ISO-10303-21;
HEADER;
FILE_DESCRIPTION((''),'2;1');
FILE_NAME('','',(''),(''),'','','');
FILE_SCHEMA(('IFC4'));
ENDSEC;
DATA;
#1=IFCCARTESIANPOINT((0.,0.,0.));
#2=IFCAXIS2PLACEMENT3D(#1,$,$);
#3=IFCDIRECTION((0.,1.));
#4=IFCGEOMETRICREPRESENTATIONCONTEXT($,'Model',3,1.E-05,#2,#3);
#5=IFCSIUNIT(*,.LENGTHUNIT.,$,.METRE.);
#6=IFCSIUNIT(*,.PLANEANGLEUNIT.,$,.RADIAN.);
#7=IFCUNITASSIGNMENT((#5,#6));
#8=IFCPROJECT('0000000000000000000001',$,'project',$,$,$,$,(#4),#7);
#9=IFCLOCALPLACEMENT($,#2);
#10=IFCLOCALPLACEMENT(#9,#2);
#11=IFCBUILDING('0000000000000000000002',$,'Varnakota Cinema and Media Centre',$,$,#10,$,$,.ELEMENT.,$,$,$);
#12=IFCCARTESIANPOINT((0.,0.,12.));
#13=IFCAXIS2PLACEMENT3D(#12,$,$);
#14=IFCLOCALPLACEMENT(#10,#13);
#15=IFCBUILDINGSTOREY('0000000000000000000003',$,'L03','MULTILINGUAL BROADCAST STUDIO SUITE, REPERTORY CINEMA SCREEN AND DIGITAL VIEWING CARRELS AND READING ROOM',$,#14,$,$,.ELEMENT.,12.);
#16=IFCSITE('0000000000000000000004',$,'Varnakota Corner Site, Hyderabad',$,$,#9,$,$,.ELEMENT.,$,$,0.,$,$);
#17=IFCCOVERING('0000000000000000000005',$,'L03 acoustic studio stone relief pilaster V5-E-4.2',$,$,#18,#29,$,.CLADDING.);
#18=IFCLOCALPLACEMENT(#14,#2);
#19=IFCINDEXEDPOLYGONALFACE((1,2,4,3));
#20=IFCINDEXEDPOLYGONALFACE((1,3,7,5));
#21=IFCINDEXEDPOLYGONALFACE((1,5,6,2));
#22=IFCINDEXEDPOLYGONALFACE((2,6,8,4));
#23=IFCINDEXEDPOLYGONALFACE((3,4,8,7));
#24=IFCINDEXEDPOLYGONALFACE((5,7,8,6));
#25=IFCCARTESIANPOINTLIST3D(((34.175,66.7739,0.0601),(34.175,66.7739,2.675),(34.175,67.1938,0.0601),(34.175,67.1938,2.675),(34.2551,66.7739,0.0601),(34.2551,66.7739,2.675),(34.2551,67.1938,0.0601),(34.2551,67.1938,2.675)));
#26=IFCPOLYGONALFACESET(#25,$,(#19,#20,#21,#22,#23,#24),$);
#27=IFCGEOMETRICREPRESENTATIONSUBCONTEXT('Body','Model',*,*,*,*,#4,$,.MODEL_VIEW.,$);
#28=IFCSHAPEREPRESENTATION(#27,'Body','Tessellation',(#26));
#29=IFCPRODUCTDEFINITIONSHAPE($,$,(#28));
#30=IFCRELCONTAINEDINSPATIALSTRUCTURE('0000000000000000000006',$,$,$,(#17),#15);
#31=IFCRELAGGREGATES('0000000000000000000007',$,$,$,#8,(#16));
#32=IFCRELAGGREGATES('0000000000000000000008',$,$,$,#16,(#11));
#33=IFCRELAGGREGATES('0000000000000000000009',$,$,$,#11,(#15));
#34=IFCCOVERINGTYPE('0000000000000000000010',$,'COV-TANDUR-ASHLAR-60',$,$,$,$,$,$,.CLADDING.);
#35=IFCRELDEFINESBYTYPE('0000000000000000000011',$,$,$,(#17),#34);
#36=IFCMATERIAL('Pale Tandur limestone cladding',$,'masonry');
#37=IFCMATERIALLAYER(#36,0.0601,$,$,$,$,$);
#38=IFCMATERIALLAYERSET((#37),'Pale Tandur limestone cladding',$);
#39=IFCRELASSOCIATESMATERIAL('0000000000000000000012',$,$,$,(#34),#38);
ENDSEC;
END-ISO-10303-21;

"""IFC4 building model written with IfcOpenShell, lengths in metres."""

from ifc_helpers import new_model, si_unit, direction, frame, origin, origin_2d, place, context, subcontext, project, spatial, rectangle, extrude, material, layer, layer_set, type_object, element, save


model = new_model("IFC4")

# Units and contexts
model_context = context("Model", 3, precision=1e-05, world=origin(), true_north=direction((0.0, 1.0)))
body_context = subcontext(model_context, "Body", "Model", "MODEL_VIEW")
ifc_project = project(units=[si_unit("LENGTHUNIT", "METRE"), si_unit("PLANEANGLEUNIT", "RADIAN")], contexts=[model_context])

# Site, building, storey
site_placement = place(None, origin())
site = spatial("IfcSite", under=ifc_project, at=site_placement, Name="Varnakota Corner Site, Hyderabad", CompositionType="ELEMENT", RefElevation=0.0)
building_placement = place(site_placement, origin())
building = spatial("IfcBuilding", under=site, at=building_placement, Name="Varnakota Cinema and Media Centre", CompositionType="ELEMENT")
storey_placement = place(building_placement, frame((0.0, 0.0, 12.0)))
storey = spatial("IfcBuildingStorey", under=building, at=storey_placement, Name="L03", Description="MULTILINGUAL BROADCAST STUDIO SUITE, REPERTORY CINEMA SCREEN AND DIGITAL VIEWING CARRELS AND READING ROOM", CompositionType="ELEMENT", Elevation=12.0)

# Covering
ifc_material_1 = material(Name="Pale Tandur limestone cladding", Category="masonry")
ifc_layer_1 = layer(ifc_material_1, 0.0601)
ifc_layer_set_1 = layer_set([ifc_layer_1], Name="Pale Tandur limestone cladding")
covering_type = type_object("IfcCoveringType", Name="COV-TANDUR-ASHLAR-60", PredefinedType="CLADDING", material=ifc_layer_set_1)
covering_placement = place(storey_placement, frame((34.2151, 66.9839, 0.0601), z_axis=(0.0, 0.0, 1.0), x_axis=(0.0, 1.0, 0.0)))
element("IfcCovering", 1, at=covering_placement, inside=storey, type_object=covering_type, Name="L03 acoustic studio stone relief pilaster V5-E-4.2", PredefinedType="CLADDING", context=body_context, shape_type="SweptSolid", body=[
    extrude(rectangle(XDim=0.4199, YDim=0.0801, at=origin_2d()), origin(), (0.0, 0.0, 1.0), 2.615),
])

save(model, "model.ifc")
